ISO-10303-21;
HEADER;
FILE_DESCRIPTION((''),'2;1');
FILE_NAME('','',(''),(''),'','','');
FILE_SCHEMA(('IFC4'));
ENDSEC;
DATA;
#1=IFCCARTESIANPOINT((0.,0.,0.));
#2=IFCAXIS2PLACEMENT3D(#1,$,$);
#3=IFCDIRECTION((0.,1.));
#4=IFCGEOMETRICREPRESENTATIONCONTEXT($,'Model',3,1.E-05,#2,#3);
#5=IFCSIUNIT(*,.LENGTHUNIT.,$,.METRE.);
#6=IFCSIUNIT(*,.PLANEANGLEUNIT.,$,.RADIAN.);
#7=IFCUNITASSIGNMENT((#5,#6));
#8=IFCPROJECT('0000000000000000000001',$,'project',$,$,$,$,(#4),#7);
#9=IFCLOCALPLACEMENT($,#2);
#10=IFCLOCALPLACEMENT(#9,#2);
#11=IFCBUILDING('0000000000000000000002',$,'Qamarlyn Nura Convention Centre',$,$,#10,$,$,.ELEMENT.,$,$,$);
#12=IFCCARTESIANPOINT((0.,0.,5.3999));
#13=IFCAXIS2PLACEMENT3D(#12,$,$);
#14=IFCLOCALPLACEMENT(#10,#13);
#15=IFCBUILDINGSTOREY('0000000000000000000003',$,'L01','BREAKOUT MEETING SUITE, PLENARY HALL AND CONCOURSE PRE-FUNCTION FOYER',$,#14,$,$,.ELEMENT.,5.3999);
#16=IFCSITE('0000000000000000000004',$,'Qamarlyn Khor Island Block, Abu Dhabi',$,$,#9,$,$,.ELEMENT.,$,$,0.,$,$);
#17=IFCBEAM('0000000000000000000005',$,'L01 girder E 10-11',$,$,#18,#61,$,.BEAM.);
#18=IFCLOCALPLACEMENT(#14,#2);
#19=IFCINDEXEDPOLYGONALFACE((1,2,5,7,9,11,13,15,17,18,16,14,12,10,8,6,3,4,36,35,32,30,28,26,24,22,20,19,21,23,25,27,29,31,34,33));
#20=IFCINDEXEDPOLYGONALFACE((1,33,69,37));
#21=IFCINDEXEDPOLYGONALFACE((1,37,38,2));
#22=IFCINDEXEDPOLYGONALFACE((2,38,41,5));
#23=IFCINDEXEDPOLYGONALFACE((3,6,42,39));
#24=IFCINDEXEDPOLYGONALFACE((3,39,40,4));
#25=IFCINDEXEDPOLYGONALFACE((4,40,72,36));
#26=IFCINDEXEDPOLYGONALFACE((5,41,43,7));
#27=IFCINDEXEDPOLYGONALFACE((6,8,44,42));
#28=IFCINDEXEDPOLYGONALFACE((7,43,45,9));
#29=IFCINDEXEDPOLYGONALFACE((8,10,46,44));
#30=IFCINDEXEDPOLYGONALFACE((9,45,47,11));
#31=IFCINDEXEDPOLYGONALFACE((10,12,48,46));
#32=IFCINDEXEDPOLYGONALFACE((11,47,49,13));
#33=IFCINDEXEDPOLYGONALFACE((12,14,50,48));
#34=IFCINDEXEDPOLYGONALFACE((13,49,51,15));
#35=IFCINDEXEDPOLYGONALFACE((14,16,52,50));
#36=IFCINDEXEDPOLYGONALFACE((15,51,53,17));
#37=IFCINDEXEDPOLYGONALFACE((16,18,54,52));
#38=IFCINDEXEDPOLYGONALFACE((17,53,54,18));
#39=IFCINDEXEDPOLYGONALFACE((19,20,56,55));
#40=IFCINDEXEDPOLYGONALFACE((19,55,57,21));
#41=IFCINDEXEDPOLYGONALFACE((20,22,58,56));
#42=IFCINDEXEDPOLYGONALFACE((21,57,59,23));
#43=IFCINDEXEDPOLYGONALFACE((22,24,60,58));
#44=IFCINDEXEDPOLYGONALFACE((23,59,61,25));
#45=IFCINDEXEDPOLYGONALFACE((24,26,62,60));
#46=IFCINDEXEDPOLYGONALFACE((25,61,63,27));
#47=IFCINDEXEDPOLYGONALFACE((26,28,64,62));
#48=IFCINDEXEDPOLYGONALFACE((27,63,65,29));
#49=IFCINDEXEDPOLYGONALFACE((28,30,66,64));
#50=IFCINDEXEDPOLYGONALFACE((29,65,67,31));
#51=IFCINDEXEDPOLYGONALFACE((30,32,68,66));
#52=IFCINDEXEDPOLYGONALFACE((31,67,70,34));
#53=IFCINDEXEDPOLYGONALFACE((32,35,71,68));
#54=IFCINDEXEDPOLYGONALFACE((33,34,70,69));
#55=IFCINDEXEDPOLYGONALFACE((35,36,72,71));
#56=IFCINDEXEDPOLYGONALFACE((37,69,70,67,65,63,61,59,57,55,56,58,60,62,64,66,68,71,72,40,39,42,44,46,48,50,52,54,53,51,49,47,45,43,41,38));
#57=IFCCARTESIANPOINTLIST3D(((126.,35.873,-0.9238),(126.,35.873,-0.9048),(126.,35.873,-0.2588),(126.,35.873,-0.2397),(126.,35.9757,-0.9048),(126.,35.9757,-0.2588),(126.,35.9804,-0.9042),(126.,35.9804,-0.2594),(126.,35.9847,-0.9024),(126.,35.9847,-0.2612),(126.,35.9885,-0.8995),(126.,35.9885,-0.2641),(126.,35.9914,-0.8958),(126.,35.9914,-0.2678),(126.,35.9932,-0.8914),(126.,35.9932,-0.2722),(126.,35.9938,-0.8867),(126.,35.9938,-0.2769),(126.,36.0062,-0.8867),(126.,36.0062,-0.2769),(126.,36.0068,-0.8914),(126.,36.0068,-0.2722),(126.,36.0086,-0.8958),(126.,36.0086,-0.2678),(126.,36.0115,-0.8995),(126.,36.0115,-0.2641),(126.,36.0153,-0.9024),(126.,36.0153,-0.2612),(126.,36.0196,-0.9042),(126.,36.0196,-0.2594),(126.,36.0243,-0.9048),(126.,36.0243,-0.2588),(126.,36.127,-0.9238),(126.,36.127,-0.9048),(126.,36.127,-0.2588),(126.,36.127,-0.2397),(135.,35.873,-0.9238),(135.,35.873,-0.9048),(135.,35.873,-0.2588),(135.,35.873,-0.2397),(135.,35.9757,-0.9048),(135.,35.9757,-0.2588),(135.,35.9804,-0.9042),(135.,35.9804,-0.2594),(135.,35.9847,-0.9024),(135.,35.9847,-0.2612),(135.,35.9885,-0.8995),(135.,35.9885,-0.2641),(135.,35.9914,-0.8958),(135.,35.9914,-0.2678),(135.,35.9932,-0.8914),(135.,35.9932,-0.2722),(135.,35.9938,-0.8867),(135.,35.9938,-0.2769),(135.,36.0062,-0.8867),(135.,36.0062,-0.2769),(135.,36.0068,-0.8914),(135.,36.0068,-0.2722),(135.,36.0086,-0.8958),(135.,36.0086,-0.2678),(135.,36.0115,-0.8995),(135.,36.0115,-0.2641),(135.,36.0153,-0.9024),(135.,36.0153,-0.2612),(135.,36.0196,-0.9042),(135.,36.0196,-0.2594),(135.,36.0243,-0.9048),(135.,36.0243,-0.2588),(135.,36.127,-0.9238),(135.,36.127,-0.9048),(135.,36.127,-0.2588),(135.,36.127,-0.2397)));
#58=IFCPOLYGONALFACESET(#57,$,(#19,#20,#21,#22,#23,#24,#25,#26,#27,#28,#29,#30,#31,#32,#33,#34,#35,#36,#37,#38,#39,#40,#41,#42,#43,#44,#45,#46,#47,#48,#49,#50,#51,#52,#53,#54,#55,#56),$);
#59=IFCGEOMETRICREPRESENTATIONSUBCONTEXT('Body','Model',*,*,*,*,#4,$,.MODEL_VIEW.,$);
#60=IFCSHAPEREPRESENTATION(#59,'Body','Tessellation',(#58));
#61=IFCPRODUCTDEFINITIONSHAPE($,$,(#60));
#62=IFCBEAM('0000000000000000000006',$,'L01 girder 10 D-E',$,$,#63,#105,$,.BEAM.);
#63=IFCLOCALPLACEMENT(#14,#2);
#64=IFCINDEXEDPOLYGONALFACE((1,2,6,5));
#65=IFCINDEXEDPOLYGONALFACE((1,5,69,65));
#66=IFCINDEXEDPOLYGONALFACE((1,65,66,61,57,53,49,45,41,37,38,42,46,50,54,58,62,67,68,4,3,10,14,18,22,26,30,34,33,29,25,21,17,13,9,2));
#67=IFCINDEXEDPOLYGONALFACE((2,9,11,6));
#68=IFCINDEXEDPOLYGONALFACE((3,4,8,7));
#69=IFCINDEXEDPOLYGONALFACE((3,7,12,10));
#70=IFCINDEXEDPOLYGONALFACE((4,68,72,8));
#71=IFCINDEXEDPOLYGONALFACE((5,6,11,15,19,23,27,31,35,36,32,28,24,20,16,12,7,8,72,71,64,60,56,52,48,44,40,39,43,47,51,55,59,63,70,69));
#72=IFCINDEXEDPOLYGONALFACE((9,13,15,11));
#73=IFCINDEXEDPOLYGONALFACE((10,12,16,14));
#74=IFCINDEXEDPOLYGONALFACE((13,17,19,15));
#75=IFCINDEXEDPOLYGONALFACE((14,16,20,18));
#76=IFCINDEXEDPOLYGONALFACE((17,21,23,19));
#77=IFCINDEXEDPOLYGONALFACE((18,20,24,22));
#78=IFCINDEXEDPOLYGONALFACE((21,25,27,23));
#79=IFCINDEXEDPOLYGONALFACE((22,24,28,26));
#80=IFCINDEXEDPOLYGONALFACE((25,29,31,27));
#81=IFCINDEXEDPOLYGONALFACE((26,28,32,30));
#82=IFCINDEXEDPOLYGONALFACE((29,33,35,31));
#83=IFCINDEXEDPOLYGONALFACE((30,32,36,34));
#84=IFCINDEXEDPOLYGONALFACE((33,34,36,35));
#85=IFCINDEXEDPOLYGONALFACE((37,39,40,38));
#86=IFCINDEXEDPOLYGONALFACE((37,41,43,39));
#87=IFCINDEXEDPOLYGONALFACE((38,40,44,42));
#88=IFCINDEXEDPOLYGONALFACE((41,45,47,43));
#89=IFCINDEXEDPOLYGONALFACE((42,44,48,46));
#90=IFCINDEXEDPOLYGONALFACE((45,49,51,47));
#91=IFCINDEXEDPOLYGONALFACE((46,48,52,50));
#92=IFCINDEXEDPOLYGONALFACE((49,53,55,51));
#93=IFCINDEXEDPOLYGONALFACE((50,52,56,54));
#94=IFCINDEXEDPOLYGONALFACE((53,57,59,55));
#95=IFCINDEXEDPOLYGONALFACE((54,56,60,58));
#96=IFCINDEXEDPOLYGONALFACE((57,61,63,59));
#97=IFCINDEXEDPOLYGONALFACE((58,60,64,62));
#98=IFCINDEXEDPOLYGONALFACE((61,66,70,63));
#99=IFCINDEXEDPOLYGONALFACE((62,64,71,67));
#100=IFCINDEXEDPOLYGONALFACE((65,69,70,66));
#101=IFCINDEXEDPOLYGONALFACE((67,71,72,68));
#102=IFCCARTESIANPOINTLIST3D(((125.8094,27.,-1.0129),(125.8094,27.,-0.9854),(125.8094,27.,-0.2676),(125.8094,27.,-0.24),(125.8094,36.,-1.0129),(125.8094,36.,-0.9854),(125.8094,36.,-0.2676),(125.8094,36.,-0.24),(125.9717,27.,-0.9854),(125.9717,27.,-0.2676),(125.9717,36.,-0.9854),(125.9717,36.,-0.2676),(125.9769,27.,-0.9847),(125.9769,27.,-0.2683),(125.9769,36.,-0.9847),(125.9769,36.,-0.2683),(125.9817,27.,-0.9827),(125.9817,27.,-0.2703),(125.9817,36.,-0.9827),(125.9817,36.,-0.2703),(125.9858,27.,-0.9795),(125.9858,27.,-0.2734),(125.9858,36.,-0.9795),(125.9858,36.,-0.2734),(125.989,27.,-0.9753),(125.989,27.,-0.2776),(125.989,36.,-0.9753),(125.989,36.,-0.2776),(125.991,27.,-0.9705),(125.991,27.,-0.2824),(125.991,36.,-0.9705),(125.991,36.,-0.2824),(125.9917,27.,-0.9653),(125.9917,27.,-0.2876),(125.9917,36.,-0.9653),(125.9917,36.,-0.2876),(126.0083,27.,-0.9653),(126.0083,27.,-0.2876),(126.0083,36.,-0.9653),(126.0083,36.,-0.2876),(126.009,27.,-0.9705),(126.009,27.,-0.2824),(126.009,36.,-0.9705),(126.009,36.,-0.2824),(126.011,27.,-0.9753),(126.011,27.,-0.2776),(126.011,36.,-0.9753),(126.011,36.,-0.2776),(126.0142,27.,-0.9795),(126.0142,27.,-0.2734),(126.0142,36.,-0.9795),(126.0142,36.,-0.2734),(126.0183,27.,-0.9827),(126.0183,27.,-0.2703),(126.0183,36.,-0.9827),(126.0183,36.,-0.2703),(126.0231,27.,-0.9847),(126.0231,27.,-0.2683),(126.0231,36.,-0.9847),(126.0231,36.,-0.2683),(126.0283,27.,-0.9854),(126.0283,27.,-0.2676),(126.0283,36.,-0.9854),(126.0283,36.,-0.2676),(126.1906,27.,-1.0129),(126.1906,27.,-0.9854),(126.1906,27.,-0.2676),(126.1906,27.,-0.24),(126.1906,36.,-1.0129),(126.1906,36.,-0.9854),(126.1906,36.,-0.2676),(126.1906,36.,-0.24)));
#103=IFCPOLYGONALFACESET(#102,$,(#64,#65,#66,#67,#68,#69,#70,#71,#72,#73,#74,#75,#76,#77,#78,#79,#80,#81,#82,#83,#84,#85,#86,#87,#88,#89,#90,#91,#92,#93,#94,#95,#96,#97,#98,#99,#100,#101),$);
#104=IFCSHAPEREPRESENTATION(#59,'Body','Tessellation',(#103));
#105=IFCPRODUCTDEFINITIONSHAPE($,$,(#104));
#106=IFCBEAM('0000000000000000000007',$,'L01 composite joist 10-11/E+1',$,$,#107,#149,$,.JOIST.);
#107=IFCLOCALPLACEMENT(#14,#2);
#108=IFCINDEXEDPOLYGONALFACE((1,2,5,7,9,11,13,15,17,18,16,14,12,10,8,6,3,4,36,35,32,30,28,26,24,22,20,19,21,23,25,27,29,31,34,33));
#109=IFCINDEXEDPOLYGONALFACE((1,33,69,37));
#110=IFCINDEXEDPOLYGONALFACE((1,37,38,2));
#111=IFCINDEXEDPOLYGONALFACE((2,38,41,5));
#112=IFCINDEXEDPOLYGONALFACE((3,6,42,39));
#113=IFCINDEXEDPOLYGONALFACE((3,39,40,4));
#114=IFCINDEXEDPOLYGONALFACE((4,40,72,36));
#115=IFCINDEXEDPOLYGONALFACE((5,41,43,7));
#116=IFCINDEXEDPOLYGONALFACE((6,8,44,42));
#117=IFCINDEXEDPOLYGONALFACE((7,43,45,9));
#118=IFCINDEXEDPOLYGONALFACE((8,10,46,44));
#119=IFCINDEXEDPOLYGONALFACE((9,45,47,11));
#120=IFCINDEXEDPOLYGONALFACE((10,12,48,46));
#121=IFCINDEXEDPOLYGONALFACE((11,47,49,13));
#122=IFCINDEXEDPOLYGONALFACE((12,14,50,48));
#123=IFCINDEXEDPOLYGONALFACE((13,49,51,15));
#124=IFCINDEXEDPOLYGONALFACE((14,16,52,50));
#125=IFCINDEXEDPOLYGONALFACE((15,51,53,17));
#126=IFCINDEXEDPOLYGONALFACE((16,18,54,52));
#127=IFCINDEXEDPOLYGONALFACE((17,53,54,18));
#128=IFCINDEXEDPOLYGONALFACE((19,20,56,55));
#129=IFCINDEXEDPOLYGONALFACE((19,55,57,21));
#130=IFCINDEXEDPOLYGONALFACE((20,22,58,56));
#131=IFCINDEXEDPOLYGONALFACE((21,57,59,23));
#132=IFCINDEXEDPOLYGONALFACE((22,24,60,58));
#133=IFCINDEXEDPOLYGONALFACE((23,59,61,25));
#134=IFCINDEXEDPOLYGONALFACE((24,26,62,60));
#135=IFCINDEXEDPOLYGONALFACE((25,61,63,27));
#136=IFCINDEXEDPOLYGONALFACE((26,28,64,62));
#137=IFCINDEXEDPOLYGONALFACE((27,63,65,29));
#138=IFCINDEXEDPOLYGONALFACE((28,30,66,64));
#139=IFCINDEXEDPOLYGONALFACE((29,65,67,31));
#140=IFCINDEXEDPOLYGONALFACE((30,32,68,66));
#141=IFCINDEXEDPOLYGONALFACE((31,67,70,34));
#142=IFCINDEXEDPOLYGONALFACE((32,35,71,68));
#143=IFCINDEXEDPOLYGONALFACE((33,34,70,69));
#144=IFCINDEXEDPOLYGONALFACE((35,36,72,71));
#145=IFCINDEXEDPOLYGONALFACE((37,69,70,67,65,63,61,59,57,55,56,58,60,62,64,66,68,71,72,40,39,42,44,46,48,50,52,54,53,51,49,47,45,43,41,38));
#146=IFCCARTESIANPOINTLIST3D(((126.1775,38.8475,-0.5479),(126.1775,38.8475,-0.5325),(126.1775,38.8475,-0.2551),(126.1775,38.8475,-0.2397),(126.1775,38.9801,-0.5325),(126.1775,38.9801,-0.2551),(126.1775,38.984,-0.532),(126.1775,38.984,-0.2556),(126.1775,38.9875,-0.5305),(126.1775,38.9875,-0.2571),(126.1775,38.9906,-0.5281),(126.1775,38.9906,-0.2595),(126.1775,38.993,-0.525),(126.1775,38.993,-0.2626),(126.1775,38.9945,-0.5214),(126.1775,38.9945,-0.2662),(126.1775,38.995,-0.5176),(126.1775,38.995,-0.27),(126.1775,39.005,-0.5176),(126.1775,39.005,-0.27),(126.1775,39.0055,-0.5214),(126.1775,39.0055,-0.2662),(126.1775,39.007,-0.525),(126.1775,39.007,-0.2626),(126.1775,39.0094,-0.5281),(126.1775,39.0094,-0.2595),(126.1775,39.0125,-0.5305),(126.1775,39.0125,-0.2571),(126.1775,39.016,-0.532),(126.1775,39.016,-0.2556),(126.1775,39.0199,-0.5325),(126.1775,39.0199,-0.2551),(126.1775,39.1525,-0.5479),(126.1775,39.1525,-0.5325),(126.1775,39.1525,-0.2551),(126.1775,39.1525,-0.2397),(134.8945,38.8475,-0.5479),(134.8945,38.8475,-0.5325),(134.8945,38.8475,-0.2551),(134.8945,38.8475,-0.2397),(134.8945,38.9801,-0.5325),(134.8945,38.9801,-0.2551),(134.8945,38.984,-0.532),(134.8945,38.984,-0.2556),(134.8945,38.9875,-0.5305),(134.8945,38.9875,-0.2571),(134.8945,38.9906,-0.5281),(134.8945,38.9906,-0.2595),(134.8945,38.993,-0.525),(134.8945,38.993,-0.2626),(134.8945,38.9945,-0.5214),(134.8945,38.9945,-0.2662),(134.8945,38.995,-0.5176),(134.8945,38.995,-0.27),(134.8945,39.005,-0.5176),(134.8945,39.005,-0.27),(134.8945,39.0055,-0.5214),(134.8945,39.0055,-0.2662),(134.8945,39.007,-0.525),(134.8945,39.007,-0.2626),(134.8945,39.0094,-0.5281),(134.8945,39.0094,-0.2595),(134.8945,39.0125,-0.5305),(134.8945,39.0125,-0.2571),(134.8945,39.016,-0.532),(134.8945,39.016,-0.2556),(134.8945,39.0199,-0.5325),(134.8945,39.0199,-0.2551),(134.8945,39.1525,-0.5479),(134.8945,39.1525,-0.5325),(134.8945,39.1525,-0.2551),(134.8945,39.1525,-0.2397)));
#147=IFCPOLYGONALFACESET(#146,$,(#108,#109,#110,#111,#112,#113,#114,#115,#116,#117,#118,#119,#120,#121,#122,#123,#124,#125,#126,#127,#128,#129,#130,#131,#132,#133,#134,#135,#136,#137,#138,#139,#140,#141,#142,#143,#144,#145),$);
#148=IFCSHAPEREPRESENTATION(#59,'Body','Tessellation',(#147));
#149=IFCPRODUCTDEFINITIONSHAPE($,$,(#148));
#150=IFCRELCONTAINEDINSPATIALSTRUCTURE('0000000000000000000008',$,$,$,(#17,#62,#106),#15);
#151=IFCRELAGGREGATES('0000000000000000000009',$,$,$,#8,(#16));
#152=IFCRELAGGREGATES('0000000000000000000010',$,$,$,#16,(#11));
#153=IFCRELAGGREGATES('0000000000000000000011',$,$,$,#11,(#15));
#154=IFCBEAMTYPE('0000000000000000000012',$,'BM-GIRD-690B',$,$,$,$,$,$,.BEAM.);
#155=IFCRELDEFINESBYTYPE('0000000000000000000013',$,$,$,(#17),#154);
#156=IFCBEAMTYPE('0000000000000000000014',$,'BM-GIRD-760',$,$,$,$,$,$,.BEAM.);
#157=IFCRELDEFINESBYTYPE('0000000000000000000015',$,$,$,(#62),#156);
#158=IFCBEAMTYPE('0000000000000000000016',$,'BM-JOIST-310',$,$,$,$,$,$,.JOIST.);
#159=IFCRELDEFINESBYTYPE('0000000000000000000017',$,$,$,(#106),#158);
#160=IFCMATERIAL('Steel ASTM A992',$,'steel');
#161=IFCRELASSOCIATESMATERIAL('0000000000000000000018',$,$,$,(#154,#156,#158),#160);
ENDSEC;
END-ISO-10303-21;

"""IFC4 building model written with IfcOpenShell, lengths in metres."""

from ifc_helpers import new_model, si_unit, direction, frame, origin, origin_2d, place, context, subcontext, project, spatial, i_section, extrude, material, material_profile, profile_set, type_object, element, save


model = new_model("IFC4")

# Units and contexts
model_context = context("Model", 3, precision=1e-05, world=origin(), true_north=direction((0.0, 1.0)))
body_context = subcontext(model_context, "Body", "Model", "MODEL_VIEW")
ifc_project = project(units=[si_unit("LENGTHUNIT", "METRE"), si_unit("PLANEANGLEUNIT", "RADIAN")], contexts=[model_context])

# Site, building, storey
site_placement = place(None, origin())
site = spatial("IfcSite", under=ifc_project, at=site_placement, Name="Qamarlyn Khor Island Block, Abu Dhabi", CompositionType="ELEMENT", RefElevation=0.0)
building_placement = place(site_placement, origin())
building = spatial("IfcBuilding", under=site, at=building_placement, Name="Qamarlyn Nura Convention Centre", CompositionType="ELEMENT")
storey_placement = place(building_placement, frame((0.0, 0.0, 5.3999)))
storey = spatial("IfcBuildingStorey", under=building, at=storey_placement, Name="L01", Description="BREAKOUT MEETING SUITE, PLENARY HALL AND CONCOURSE PRE-FUNCTION FOYER", CompositionType="ELEMENT", Elevation=5.3999)

# Shared definitions
ifc_material_1 = material(Name="Steel ASTM A992", Category="steel")

# Beams
ifc_material_profile_1 = material_profile(ifc_material_1, i_section(OverallWidth=0.2539, OverallDepth=0.6841, WebThickness=0.0125, FlangeThickness=0.019, FilletRadius=0.0181, at=origin_2d()), Name="W690X140")
ifc_profile_set_1 = profile_set([ifc_material_profile_1], Name="Steel ASTM A992")
beam_type_1 = type_object("IfcBeamType", Name="BM-GIRD-690B", PredefinedType="BEAM", material=ifc_profile_set_1)
for number, where, z_axis, x_axis, name in (
    (1, (126.0, 36.0, -0.5818), (1.0, 0.0, 0.0), (0.0, 1.0, 0.0), "L01 girder E 10-11"),
):
    element("IfcBeam", number, at=place(storey_placement, frame(where, z_axis=z_axis, x_axis=x_axis)), inside=storey, type_object=beam_type_1, Name=name, PredefinedType="BEAM", context=body_context, shape_type="SweptSolid", body=[
        extrude(i_section(OverallWidth=0.2539, OverallDepth=0.6841, WebThickness=0.0125, FlangeThickness=0.019, FilletRadius=0.0181, at=origin_2d()), origin(), (0.0, 0.0, 1.0), 9.0),
    ])
ifc_material_profile_2 = material_profile(ifc_material_1, i_section(OverallWidth=0.3811, OverallDepth=0.7729, WebThickness=0.0166, FlangeThickness=0.0276, FilletRadius=0.02, at=origin_2d()), Name="W760X257")
ifc_profile_set_2 = profile_set([ifc_material_profile_2], Name="Steel ASTM A992")
beam_type_2 = type_object("IfcBeamType", Name="BM-GIRD-760", PredefinedType="BEAM", material=ifc_profile_set_2)
beam_1_placement = place(storey_placement, frame((126.0, 27.0, -0.6265), z_axis=(0.0, 1.0, 0.0), x_axis=(-1.0, 0.0, 0.0)))
element("IfcBeam", 2, at=beam_1_placement, inside=storey, type_object=beam_type_2, Name="L01 girder 10 D-E", PredefinedType="BEAM", context=body_context, shape_type="SweptSolid", body=[
    extrude(i_section(OverallWidth=0.3811, OverallDepth=0.7729, WebThickness=0.0166, FlangeThickness=0.0276, FilletRadius=0.02, at=origin_2d()), origin(), (0.0, 0.0, 1.0), 9.0),
])
ifc_material_profile_3 = material_profile(ifc_material_1, i_section(OverallWidth=0.3049, OverallDepth=0.3081, WebThickness=0.01, FlangeThickness=0.0154, FilletRadius=0.0149, at=origin_2d()), Name="W310X97")
ifc_profile_set_3 = profile_set([ifc_material_profile_3], Name="Steel ASTM A992")
beam_type_3 = type_object("IfcBeamType", Name="BM-JOIST-310", PredefinedType="JOIST", material=ifc_profile_set_3)
beam_2_placement = place(storey_placement, frame((126.1775, 39.0, -0.3938), z_axis=(1.0, 0.0, 0.0), x_axis=(0.0, 1.0, 0.0)))
element("IfcBeam", 3, at=beam_2_placement, inside=storey, type_object=beam_type_3, Name="L01 composite joist 10-11/E+1", PredefinedType="JOIST", context=body_context, shape_type="SweptSolid", body=[
    extrude(i_section(OverallWidth=0.3049, OverallDepth=0.3081, WebThickness=0.01, FlangeThickness=0.0154, FilletRadius=0.0149, at=origin_2d()), origin(), (0.0, 0.0, 1.0), 8.717),
])

save(model, "model.ifc")
